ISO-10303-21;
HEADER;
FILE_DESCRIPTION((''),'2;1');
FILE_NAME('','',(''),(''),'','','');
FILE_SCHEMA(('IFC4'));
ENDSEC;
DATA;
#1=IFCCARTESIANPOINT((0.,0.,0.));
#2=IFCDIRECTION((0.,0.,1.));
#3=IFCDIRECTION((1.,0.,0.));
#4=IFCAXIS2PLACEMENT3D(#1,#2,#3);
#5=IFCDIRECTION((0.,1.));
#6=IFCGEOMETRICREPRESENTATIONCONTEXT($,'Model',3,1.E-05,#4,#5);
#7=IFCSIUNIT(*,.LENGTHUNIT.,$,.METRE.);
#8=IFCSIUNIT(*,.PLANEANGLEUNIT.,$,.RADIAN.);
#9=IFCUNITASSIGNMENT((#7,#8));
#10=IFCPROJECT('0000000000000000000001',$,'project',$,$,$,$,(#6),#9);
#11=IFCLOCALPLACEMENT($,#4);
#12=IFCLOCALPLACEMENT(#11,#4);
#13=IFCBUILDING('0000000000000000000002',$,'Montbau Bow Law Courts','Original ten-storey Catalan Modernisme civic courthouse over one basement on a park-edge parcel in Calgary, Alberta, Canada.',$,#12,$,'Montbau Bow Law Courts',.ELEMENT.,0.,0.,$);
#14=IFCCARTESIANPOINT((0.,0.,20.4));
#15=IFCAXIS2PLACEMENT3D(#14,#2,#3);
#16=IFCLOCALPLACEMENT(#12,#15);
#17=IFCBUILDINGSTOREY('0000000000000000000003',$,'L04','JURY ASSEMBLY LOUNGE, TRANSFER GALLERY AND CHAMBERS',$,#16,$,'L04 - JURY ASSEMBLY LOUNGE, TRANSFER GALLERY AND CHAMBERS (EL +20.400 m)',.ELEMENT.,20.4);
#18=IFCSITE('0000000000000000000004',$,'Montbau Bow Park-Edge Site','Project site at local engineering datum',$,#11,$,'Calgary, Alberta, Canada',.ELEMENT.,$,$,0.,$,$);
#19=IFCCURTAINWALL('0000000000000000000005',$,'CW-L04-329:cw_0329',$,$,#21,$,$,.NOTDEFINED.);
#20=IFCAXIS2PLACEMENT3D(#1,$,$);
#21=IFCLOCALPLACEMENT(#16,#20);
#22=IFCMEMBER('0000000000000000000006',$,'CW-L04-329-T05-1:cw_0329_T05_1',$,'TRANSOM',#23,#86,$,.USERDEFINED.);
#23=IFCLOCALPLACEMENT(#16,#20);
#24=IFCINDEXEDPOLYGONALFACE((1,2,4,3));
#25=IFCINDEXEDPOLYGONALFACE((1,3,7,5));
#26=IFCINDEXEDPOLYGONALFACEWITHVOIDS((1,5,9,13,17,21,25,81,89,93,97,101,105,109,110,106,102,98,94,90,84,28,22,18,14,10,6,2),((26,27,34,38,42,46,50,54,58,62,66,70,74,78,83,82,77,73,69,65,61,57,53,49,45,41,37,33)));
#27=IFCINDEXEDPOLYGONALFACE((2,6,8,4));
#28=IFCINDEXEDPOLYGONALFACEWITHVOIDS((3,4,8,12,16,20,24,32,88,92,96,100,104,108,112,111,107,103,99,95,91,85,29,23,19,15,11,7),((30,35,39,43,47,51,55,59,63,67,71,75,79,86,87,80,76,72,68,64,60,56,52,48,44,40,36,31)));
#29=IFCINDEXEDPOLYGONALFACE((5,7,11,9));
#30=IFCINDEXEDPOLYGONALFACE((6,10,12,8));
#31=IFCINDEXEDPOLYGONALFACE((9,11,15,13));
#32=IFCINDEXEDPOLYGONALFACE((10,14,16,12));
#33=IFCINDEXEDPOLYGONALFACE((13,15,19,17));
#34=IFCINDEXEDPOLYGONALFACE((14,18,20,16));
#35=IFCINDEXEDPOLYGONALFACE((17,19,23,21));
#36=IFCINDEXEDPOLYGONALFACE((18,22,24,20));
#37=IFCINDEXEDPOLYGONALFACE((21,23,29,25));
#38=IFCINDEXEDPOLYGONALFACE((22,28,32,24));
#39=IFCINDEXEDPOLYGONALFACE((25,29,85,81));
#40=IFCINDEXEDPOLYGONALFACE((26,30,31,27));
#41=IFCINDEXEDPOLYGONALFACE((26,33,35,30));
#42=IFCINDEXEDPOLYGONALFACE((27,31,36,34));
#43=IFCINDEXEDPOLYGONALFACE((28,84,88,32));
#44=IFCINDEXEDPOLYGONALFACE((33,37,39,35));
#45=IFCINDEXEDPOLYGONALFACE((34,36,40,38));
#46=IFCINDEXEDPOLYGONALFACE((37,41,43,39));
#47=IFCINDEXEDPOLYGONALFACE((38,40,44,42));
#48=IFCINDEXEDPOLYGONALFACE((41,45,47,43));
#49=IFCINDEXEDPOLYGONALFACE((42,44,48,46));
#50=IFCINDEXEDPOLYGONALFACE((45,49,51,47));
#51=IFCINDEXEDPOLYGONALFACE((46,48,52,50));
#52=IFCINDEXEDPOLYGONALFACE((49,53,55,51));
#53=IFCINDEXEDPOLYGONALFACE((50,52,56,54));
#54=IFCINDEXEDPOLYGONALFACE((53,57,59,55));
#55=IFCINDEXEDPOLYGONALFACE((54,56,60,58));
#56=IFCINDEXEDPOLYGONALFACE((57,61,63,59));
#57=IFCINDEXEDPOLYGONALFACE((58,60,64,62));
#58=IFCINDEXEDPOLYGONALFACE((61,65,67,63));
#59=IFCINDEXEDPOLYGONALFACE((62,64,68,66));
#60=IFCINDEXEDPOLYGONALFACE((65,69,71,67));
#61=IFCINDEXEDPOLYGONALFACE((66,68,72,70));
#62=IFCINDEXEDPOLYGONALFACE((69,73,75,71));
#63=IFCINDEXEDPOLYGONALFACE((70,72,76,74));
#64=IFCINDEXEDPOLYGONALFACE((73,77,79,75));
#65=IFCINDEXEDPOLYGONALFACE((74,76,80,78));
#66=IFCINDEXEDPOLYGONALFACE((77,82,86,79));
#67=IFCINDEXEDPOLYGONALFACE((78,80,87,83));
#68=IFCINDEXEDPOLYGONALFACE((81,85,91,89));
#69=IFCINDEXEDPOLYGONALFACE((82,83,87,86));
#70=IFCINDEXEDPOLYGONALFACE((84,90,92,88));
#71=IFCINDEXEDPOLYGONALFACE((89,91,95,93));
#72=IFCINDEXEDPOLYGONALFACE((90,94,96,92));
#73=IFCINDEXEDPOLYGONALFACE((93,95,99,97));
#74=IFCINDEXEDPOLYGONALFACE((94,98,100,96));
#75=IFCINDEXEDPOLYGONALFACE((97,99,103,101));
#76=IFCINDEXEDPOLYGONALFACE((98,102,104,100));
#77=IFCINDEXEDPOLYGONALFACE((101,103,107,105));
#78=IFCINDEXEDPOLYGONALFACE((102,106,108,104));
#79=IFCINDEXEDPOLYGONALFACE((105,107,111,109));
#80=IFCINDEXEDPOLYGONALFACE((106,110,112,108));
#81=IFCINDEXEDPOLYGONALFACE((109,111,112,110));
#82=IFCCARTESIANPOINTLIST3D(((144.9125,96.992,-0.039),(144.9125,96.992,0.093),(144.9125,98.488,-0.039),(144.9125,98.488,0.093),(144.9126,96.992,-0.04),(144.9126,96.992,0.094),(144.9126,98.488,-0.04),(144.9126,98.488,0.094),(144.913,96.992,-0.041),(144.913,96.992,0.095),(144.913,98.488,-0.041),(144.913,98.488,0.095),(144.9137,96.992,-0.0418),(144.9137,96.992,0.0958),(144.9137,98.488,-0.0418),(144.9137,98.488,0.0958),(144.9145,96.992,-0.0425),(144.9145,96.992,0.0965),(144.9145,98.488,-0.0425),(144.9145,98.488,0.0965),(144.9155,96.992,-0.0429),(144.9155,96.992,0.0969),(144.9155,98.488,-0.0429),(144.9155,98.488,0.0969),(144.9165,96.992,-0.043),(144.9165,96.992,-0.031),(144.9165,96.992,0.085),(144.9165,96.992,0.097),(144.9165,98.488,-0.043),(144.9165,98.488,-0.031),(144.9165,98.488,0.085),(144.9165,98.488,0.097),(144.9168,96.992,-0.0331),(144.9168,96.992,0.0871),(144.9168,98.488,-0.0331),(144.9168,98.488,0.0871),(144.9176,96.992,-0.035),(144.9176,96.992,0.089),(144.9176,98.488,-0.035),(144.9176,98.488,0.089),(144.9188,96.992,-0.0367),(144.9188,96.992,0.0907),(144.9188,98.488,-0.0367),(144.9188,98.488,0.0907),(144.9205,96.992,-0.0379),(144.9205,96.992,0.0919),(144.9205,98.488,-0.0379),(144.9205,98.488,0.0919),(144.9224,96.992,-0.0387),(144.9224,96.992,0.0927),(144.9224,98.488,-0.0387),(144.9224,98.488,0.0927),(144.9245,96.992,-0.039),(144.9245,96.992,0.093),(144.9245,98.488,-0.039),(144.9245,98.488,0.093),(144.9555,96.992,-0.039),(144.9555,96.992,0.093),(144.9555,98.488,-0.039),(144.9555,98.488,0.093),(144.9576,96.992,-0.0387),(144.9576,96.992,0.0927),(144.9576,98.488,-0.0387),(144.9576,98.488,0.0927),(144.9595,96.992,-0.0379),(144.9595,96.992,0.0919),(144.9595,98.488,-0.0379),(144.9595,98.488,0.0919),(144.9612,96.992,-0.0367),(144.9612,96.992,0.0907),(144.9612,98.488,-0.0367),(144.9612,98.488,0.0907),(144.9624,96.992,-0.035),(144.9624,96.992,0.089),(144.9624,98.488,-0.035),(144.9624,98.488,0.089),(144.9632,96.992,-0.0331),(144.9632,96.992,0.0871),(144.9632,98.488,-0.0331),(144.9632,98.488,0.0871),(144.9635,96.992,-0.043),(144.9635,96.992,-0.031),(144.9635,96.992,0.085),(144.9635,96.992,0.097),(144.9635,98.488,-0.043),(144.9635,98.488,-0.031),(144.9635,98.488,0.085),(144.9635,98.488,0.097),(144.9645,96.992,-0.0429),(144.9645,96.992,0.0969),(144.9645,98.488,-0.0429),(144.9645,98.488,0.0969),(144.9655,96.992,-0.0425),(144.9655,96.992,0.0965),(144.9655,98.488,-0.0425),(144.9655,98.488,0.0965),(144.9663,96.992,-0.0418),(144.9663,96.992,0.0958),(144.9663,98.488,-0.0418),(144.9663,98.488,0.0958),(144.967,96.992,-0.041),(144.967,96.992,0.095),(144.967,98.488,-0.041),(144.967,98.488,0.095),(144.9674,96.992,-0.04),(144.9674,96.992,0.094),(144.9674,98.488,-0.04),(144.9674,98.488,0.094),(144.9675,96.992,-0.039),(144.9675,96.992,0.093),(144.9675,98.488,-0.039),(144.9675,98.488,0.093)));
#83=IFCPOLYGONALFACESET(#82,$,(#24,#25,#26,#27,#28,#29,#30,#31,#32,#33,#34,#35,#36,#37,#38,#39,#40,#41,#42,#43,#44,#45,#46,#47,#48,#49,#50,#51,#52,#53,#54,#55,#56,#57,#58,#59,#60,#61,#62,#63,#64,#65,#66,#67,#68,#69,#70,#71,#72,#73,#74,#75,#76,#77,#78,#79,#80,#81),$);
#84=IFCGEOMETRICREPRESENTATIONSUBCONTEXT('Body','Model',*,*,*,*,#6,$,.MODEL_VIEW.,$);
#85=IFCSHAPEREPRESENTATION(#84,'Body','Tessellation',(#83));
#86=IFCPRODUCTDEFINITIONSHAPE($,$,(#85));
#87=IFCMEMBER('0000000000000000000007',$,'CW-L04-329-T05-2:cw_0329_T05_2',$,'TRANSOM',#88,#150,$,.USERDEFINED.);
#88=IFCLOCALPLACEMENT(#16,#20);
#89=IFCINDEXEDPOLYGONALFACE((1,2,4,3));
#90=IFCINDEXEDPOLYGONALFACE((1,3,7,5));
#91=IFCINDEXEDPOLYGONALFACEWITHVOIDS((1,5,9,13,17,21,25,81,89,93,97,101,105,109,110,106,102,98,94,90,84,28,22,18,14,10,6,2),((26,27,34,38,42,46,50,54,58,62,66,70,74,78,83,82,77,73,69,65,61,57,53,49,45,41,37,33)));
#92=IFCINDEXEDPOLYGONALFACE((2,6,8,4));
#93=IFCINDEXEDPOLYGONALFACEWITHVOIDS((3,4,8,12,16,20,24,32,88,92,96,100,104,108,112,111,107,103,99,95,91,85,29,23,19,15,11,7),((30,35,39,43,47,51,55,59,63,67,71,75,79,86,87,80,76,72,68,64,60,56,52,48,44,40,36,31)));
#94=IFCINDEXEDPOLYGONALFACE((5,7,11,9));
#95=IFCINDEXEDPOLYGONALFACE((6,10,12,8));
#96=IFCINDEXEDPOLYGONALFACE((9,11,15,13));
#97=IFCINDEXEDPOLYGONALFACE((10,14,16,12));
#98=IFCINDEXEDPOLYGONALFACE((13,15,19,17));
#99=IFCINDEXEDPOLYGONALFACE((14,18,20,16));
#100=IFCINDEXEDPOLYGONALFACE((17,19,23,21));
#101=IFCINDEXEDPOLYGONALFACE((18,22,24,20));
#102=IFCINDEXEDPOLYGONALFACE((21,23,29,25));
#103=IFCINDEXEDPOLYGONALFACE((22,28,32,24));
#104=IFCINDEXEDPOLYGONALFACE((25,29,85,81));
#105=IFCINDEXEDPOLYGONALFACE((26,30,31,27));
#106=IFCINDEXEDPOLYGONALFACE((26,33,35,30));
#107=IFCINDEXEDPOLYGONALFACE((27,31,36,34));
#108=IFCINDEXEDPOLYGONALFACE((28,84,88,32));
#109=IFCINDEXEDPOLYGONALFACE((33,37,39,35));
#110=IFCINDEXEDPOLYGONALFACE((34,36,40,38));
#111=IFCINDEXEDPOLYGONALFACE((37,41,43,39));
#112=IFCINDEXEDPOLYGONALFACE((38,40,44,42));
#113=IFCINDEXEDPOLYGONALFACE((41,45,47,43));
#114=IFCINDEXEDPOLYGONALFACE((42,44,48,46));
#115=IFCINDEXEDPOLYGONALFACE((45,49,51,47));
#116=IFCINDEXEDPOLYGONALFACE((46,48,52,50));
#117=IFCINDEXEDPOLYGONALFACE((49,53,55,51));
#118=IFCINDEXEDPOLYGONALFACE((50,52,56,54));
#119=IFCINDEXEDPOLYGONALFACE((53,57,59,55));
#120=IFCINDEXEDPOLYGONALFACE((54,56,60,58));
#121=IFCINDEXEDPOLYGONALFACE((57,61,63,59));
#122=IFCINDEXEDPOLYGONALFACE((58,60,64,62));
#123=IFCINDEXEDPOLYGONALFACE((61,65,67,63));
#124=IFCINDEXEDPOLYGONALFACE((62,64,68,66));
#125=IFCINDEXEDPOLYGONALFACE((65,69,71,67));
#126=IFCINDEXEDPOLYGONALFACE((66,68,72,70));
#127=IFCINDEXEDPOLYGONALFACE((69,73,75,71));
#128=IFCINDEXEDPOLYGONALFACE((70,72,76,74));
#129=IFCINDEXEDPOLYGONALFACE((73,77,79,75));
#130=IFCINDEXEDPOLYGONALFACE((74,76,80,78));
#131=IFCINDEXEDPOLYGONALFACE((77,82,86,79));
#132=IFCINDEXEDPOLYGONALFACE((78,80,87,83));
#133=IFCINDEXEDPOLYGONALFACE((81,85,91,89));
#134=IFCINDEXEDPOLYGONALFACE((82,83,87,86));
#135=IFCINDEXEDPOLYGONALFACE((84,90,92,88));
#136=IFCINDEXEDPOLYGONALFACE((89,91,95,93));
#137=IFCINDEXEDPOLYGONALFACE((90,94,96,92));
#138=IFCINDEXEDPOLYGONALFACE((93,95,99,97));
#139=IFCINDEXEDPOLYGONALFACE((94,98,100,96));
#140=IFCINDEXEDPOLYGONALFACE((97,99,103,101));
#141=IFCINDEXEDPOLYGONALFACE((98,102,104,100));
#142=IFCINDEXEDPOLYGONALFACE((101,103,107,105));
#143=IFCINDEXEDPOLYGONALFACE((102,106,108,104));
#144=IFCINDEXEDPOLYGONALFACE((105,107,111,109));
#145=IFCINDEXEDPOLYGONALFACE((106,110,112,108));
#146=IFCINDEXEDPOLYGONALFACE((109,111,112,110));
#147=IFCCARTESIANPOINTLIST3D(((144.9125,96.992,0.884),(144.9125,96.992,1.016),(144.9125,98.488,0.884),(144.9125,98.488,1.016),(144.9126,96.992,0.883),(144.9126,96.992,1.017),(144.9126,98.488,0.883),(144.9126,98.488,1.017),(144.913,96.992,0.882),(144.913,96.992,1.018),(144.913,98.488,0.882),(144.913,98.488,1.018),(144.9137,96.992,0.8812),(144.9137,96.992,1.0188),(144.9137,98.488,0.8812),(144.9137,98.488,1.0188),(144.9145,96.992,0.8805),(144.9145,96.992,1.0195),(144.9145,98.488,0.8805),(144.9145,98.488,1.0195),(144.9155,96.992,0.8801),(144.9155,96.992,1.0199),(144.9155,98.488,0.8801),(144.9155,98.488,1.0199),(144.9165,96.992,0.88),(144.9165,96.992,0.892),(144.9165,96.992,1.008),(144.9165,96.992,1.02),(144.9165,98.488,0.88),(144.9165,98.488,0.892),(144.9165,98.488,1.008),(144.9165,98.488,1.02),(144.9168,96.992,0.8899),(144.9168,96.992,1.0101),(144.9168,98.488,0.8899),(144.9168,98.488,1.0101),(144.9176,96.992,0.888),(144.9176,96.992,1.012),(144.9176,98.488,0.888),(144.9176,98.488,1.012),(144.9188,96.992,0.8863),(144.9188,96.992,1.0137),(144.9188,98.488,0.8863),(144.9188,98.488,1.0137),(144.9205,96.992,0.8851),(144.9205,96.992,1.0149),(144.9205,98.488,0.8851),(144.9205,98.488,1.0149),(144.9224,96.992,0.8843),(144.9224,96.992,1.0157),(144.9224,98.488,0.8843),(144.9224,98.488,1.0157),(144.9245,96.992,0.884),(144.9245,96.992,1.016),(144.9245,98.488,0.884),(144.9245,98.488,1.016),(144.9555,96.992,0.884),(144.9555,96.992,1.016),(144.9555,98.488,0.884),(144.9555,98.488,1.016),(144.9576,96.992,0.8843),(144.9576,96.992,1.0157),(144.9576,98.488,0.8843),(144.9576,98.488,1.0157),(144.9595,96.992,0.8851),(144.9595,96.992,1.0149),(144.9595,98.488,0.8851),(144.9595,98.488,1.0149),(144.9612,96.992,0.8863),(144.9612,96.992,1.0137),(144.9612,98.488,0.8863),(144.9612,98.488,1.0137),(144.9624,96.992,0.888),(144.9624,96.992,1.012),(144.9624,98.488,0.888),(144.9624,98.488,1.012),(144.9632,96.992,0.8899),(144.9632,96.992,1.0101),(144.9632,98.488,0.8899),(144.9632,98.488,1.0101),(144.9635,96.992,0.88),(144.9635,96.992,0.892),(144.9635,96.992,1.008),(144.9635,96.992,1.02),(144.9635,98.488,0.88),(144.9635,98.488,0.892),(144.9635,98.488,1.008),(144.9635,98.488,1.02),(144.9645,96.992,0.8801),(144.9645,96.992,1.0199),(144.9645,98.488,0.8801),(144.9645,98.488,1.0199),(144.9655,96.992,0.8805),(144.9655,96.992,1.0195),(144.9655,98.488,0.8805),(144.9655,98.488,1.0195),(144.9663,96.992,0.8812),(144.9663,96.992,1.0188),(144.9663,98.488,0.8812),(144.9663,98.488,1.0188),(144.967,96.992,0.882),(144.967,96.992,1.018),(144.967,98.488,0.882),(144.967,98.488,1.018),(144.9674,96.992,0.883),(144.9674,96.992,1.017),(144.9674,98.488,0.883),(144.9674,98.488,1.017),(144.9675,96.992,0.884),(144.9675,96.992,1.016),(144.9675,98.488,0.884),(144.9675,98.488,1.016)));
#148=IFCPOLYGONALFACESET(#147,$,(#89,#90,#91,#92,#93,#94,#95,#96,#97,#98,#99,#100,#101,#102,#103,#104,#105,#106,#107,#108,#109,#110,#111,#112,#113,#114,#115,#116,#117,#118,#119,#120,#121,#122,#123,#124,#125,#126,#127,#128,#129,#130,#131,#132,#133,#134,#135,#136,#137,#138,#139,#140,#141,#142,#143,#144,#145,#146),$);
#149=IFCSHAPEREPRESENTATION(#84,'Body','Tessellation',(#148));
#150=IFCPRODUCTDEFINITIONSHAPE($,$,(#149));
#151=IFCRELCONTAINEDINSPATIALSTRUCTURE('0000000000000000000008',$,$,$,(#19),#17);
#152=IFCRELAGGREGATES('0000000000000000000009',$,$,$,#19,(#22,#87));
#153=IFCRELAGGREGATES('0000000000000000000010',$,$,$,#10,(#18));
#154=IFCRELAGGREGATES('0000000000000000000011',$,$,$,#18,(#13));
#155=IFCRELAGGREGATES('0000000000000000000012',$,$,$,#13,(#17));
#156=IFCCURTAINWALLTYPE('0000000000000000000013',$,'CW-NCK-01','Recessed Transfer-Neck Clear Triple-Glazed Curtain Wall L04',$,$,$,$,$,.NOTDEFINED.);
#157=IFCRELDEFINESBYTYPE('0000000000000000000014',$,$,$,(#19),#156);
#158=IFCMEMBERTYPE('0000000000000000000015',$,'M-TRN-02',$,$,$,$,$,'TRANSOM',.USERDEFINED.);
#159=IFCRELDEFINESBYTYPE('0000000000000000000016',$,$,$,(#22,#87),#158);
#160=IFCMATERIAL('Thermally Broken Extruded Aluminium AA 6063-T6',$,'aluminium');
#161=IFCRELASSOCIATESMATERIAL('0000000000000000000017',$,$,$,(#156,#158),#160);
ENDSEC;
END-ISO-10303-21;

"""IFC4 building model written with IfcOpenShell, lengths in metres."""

from ifc_helpers import new_model, si_unit, direction, frame, origin_with_axes, origin_2d_with_axis, place, context, subcontext, project, spatial, hollow_rectangle, extrude, material, material_profile, profile_set, type_object, element, aggregate, save


model = new_model("IFC4")

# Units and contexts
model_context = context("Model", 3, precision=1e-05, world=origin_with_axes(), true_north=direction((0.0, 1.0)))
body_context = subcontext(model_context, "Body", "Model", "MODEL_VIEW")
ifc_project = project(units=[si_unit("LENGTHUNIT", "METRE"), si_unit("PLANEANGLEUNIT", "RADIAN")], contexts=[model_context])

# Site, building, storey
site_placement = place(None, origin_with_axes())
site = spatial("IfcSite", under=ifc_project, at=site_placement, Name="Montbau Bow Park-Edge Site", Description="Project site at local engineering datum", LongName="Calgary, Alberta, Canada", CompositionType="ELEMENT", RefElevation=0.0)
building_placement = place(site_placement, origin_with_axes())
building = spatial("IfcBuilding", under=site, at=building_placement, Name="Montbau Bow Law Courts", Description="Original ten-storey Catalan Modernisme civic courthouse over one basement on a park-edge parcel in Calgary, Alberta, Canada.", LongName="Montbau Bow Law Courts", CompositionType="ELEMENT", ElevationOfRefHeight=0.0, ElevationOfTerrain=0.0)
storey_placement = place(building_placement, frame((0.0, 0.0, 20.4), z_axis=(0.0, 0.0, 1.0), x_axis=(1.0, 0.0, 0.0)))
storey = spatial("IfcBuildingStorey", under=building, at=storey_placement, Name="L04", Description="JURY ASSEMBLY LOUNGE, TRANSFER GALLERY AND CHAMBERS", LongName="L04 - JURY ASSEMBLY LOUNGE, TRANSFER GALLERY AND CHAMBERS (EL +20.400 m)", CompositionType="ELEMENT", Elevation=20.4)

# Curtain wall, members
ifc_material_1 = material(Name="Thermally Broken Extruded Aluminium AA 6063-T6", Category="aluminium")
curtain_wall_type = type_object("IfcCurtainWallType", Name="CW-NCK-01", Description="Recessed Transfer-Neck Clear Triple-Glazed Curtain Wall L04", PredefinedType="NOTDEFINED", material=ifc_material_1)
curtain_wall_placement = place(None, frame((144.94, 90.72, 20.4), z_axis=(0.0, 0.0, 1.0), x_axis=(1.0, 0.0, 0.0)))
curtain_wall = element("IfcCurtainWall", 1, at=curtain_wall_placement, inside=storey, type_object=curtain_wall_type, Name="CW-L04-329:cw_0329", PredefinedType="NOTDEFINED")
ifc_material_profile_1 = material_profile(ifc_material_1, hollow_rectangle(XDim=0.055, YDim=0.14, WallThickness=0.004, InnerFilletRadius=0.008, OuterFilletRadius=0.004, at=origin_2d_with_axis()), Name="CWT-140X55", Category="Main", Priority=0)
ifc_profile_set_1 = profile_set([ifc_material_profile_1], Name="Thermally Broken Extruded Aluminium AA 6063-T6")
member_type_1 = type_object("IfcMemberType", Name="M-TRN-02", ElementType="TRANSOM", PredefinedType="USERDEFINED", material=ifc_profile_set_1)
member_1_placement = place(None, frame((144.94, 96.992, 20.427), z_axis=(0.0, 1.0, 0.0), x_axis=(-1.0, 0.0, 0.0)))
member_1 = element("IfcMember", 2, at=member_1_placement, type_object=member_type_1, Name="CW-L04-329-T05-1:cw_0329_T05_1", ObjectType="TRANSOM", PredefinedType="USERDEFINED", context=body_context, shape_type="SweptSolid", body=[
    extrude(hollow_rectangle(XDim=0.055, YDim=0.14, WallThickness=0.004, InnerFilletRadius=0.008, OuterFilletRadius=0.004, at=origin_2d_with_axis()), origin_with_axes(), (0.0, 0.0, 1.0), 1.496),
])
member_2_placement = place(None, frame((144.94, 96.992, 21.35), z_axis=(0.0, 1.0, 0.0), x_axis=(-1.0, 0.0, 0.0)))
member_2 = element("IfcMember", 3, at=member_2_placement, type_object=member_type_1, Name="CW-L04-329-T05-2:cw_0329_T05_2", ObjectType="TRANSOM", PredefinedType="USERDEFINED", context=body_context, shape_type="SweptSolid", body=[
    extrude(hollow_rectangle(XDim=0.055, YDim=0.14, WallThickness=0.004, InnerFilletRadius=0.008, OuterFilletRadius=0.004, at=origin_2d_with_axis()), origin_with_axes(), (0.0, 0.0, 1.0), 1.496),
])
aggregate(curtain_wall, [member_1, member_2])

save(model, "model.ifc")
